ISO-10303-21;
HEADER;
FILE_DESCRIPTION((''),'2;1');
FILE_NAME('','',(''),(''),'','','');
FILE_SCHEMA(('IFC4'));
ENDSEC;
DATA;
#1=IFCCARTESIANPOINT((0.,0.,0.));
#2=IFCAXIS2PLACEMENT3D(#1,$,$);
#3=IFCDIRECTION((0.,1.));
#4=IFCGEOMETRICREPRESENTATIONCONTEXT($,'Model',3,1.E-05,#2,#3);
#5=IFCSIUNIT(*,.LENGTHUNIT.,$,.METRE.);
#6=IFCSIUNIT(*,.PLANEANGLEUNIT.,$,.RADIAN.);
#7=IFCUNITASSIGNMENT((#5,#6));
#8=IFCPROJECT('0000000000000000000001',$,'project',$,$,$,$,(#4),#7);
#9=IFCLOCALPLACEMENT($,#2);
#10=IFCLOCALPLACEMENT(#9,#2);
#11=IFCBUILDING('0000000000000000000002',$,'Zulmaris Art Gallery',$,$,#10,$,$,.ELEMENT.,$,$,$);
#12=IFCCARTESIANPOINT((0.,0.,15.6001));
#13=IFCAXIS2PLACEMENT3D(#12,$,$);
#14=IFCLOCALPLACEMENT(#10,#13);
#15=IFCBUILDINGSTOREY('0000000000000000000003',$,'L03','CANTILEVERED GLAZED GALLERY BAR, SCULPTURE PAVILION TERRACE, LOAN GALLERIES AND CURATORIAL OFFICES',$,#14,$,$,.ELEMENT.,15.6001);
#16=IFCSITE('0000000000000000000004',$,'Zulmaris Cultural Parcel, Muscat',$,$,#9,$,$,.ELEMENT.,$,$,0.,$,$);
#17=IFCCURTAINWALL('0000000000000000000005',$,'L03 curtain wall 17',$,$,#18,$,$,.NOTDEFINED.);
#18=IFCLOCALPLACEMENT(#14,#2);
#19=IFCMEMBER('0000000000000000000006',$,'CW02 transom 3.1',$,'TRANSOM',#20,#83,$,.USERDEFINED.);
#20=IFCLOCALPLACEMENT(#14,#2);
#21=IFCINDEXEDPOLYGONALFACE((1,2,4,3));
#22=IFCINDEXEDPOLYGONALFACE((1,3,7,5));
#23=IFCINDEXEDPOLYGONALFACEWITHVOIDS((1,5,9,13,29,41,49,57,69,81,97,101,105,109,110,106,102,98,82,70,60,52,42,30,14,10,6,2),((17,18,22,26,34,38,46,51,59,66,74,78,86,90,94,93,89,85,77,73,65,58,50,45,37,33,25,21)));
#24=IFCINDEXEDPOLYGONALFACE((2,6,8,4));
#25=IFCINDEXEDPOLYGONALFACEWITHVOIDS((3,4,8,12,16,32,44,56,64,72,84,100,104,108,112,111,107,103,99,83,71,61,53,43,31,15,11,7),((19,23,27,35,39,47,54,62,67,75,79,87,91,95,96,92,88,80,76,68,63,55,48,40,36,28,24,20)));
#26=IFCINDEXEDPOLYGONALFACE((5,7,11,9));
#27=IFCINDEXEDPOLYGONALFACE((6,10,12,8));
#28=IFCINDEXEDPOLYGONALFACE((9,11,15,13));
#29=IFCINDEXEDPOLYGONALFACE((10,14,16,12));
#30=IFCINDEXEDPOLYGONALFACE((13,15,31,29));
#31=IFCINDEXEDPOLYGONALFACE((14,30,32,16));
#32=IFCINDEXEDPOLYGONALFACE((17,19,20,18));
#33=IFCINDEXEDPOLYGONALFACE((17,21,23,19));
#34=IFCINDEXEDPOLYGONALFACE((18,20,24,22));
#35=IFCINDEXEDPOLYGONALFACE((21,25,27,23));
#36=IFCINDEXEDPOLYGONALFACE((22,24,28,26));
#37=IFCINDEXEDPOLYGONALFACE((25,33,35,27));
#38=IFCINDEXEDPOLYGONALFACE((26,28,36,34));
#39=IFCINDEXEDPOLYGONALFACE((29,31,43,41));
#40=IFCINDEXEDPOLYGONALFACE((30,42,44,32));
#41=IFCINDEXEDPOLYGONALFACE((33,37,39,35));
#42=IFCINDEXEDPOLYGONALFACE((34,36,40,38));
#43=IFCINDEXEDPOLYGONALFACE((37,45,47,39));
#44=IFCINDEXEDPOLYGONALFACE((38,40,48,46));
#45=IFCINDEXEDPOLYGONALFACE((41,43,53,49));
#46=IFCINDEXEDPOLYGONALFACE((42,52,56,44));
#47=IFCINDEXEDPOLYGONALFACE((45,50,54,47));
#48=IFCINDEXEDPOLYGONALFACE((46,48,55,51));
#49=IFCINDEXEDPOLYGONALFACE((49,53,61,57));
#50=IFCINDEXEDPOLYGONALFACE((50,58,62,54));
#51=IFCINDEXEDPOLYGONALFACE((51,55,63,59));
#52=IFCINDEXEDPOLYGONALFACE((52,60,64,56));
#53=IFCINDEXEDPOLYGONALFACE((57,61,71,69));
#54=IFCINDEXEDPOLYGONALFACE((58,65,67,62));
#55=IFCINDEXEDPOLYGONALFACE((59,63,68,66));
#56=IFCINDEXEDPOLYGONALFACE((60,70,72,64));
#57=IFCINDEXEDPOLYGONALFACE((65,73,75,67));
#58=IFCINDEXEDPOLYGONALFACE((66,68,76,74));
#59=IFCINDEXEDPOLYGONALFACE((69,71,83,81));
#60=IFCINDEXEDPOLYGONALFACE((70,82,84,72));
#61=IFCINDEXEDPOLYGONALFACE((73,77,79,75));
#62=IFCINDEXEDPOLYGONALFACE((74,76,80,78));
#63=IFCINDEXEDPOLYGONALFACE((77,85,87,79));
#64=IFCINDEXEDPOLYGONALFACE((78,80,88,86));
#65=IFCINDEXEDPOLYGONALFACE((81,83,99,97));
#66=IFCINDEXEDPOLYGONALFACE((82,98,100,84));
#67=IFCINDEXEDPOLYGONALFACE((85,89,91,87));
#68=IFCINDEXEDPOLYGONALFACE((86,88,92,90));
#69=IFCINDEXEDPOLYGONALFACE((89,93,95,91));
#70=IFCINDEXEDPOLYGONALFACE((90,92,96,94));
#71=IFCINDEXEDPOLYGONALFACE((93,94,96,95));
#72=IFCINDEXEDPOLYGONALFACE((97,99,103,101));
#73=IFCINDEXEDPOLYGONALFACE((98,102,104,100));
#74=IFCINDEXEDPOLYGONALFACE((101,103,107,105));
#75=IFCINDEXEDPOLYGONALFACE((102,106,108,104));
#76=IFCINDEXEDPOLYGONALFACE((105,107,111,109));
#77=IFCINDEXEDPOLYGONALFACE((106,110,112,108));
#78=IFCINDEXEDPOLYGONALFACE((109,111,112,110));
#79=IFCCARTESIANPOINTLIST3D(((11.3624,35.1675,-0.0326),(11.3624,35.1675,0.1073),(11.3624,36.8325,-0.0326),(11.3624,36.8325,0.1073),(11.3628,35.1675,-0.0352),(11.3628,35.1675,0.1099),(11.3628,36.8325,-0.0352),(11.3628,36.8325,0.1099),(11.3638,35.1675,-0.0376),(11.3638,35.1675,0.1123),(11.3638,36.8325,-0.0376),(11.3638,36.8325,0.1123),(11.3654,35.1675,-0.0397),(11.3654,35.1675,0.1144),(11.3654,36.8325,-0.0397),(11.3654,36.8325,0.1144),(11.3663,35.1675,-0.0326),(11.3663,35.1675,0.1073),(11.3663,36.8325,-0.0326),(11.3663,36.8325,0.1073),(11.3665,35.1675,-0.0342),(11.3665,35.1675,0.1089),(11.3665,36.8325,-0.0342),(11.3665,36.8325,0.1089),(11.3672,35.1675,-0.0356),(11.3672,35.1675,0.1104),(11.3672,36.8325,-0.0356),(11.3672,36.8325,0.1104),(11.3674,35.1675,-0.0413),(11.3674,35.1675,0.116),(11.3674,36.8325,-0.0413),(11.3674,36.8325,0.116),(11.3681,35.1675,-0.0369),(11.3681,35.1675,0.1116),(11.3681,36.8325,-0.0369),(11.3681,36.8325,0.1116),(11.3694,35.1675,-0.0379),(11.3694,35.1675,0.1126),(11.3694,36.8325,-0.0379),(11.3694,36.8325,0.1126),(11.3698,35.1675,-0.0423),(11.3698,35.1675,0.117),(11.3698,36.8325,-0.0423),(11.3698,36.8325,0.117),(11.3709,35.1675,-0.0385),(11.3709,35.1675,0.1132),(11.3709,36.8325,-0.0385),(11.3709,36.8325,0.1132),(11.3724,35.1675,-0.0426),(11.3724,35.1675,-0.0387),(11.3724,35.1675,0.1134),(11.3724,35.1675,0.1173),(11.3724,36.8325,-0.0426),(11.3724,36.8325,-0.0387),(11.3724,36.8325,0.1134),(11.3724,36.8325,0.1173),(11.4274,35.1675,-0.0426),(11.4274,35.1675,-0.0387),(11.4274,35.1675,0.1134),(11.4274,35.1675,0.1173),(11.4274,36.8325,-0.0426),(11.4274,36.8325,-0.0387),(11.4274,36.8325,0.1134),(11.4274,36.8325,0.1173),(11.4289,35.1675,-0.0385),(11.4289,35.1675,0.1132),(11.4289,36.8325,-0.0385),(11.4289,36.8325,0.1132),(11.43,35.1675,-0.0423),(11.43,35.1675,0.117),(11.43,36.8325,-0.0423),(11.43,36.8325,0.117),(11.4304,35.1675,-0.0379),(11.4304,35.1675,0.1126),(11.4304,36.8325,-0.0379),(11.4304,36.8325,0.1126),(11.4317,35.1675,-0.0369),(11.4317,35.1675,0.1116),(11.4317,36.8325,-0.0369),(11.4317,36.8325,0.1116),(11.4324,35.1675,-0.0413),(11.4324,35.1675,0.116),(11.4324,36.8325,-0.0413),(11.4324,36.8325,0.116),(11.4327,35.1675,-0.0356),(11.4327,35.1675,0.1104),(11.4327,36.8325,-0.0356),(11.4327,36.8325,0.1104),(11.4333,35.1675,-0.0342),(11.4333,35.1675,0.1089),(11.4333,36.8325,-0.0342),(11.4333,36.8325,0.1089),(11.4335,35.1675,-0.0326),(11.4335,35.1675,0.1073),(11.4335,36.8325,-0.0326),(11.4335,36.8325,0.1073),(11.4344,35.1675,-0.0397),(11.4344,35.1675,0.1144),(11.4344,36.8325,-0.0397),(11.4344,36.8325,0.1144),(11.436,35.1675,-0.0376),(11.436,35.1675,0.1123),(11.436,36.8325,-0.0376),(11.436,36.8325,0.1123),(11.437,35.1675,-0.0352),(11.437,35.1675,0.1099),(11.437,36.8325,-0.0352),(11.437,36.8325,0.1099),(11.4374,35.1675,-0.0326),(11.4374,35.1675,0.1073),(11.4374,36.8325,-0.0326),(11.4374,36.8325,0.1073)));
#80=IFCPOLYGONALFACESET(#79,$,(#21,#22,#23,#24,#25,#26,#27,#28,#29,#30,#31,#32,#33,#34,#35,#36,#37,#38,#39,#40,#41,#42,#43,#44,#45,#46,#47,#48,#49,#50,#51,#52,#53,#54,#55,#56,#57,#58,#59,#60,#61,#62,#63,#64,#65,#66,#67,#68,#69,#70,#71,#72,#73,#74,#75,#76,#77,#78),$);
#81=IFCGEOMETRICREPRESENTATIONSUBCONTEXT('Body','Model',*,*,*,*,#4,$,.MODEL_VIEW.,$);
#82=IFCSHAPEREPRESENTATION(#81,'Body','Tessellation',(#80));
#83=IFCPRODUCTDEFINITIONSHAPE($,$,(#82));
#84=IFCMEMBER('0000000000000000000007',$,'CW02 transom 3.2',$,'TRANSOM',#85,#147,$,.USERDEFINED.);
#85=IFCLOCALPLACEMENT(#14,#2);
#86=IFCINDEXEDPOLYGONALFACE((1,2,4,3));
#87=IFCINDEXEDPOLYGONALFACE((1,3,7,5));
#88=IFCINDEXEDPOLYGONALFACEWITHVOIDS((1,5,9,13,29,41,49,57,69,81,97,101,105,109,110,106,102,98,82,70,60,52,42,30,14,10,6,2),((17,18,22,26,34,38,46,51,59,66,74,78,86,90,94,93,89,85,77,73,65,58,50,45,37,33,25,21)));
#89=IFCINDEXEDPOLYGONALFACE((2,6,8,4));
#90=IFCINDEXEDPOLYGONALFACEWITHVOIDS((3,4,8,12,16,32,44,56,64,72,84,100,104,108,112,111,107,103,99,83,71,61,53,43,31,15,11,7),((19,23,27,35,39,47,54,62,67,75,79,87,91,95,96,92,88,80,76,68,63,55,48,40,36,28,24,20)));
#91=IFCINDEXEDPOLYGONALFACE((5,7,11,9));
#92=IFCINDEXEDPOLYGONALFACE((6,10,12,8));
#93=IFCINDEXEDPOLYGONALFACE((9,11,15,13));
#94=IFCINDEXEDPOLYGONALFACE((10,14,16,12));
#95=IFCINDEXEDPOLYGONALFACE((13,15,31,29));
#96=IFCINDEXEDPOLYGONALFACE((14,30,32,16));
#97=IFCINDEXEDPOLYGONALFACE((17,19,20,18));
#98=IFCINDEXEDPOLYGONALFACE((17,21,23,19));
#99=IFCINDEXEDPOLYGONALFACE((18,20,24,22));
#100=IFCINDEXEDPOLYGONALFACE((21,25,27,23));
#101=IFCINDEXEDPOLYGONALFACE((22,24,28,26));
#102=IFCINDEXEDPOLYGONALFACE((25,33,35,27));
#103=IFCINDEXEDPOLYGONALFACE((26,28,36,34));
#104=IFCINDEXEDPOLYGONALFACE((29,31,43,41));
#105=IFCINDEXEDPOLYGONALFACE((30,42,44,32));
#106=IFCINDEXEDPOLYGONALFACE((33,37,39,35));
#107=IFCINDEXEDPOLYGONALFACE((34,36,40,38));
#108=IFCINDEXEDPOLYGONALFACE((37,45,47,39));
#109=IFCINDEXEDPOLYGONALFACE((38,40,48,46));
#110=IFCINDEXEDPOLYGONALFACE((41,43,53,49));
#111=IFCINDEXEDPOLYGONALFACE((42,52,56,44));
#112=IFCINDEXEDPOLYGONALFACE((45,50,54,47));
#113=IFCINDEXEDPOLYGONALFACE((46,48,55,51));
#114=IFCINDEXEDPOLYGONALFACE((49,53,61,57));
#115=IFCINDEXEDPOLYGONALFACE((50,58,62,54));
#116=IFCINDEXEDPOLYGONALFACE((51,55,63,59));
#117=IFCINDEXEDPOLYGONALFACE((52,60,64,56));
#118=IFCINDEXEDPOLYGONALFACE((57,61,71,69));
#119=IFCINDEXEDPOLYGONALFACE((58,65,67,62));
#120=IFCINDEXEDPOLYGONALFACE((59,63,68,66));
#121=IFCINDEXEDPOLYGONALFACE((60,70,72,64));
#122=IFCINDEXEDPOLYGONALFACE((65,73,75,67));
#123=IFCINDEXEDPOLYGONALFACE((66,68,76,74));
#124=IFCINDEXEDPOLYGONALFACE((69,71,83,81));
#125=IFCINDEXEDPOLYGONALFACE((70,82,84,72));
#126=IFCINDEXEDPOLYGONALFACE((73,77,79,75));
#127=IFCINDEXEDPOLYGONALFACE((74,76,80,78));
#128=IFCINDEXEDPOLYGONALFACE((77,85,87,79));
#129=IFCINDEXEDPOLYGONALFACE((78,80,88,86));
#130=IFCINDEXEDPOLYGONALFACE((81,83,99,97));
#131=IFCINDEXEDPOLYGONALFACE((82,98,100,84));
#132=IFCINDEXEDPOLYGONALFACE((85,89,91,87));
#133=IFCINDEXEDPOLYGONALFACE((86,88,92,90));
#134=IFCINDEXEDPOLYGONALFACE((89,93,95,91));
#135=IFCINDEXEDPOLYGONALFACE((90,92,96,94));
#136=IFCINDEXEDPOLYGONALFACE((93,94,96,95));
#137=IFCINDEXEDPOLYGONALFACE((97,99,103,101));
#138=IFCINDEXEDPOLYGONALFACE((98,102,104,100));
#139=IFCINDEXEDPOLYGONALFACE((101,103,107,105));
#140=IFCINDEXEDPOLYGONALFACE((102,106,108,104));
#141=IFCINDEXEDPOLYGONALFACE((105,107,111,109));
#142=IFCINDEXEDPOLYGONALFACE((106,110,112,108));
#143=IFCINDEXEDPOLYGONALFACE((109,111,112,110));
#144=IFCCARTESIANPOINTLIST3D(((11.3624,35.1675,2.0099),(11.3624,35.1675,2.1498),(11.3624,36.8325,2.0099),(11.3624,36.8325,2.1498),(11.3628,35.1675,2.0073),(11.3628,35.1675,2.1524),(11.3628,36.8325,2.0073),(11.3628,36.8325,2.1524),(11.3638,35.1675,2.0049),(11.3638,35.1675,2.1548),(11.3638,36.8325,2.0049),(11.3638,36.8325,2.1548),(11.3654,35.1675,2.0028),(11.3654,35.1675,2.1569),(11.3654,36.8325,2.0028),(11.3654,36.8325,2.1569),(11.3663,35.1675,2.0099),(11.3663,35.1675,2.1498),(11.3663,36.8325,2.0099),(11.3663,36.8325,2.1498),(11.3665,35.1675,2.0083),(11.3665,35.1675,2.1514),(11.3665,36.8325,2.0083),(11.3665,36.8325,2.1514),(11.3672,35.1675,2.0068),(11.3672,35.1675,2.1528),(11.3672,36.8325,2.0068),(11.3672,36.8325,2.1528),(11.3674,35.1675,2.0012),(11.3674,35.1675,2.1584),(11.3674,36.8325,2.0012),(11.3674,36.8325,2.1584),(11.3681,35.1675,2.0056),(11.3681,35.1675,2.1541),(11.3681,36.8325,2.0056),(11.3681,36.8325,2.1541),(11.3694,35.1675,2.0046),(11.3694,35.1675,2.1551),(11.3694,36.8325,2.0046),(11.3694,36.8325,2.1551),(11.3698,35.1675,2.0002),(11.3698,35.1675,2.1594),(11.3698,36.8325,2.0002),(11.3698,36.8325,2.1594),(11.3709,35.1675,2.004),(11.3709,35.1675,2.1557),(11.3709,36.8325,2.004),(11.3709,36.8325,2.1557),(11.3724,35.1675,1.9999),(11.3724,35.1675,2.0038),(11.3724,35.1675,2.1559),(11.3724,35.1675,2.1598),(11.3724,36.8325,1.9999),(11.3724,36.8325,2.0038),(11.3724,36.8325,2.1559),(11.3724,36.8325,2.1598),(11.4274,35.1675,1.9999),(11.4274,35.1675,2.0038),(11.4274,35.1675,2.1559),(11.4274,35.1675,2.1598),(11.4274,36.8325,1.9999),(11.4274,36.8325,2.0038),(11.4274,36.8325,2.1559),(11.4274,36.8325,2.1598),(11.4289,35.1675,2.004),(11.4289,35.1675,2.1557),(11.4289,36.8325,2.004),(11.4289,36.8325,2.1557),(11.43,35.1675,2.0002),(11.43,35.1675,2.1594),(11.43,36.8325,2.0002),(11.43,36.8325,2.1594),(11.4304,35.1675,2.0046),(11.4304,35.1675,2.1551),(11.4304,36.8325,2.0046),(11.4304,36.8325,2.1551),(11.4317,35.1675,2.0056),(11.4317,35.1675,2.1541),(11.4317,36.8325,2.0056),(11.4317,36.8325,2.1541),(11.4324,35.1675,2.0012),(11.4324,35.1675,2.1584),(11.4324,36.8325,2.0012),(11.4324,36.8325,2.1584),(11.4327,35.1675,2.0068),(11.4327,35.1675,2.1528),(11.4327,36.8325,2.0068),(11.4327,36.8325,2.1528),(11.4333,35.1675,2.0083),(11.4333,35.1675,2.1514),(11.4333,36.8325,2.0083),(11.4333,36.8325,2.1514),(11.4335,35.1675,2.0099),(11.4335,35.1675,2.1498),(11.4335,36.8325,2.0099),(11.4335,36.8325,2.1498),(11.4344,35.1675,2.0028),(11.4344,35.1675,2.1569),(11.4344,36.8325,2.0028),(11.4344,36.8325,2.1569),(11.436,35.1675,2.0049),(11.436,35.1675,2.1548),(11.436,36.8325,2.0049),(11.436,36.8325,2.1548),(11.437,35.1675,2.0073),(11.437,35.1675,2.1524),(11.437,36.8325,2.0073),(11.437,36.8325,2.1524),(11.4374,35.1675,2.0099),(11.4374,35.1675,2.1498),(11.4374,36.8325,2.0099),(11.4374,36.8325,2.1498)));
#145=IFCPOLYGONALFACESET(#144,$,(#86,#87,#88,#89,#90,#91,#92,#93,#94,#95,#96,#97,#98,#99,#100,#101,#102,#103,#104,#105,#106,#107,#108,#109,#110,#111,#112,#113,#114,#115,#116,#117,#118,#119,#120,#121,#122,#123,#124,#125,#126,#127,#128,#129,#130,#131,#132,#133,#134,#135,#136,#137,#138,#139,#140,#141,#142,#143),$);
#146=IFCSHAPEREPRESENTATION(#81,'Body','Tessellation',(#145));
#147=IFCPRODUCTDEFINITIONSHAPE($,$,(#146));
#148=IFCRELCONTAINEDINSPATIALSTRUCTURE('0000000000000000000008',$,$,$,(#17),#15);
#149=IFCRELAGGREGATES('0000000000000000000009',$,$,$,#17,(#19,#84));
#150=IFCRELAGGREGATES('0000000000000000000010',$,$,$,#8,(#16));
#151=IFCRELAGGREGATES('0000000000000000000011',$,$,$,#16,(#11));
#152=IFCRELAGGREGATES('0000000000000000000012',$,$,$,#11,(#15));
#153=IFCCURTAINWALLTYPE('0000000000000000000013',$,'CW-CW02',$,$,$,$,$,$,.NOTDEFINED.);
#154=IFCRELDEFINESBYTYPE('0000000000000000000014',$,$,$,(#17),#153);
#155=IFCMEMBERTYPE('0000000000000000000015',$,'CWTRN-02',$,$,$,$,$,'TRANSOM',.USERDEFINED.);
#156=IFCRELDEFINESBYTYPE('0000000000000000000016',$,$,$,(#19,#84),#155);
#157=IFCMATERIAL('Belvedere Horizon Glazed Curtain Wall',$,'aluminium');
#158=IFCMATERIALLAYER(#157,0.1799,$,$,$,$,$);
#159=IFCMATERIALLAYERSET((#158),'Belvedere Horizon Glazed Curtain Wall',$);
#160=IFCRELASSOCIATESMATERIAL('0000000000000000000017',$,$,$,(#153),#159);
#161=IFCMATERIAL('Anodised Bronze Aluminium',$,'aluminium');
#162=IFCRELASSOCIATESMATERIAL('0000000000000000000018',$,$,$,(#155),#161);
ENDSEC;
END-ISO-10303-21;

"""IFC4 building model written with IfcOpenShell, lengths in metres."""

from ifc_helpers import new_model, si_unit, direction, frame, origin, origin_2d, place, context, subcontext, project, spatial, hollow_rectangle, extrude, material, layer, layer_set, material_profile, profile_set, type_object, element, aggregate, save


model = new_model("IFC4")

# Units and contexts
model_context = context("Model", 3, precision=1e-05, world=origin(), true_north=direction((0.0, 1.0)))
body_context = subcontext(model_context, "Body", "Model", "MODEL_VIEW")
ifc_project = project(units=[si_unit("LENGTHUNIT", "METRE"), si_unit("PLANEANGLEUNIT", "RADIAN")], contexts=[model_context])

# Site, building, storey
site_placement = place(None, origin())
site = spatial("IfcSite", under=ifc_project, at=site_placement, Name="Zulmaris Cultural Parcel, Muscat", CompositionType="ELEMENT", RefElevation=0.0)
building_placement = place(site_placement, origin())
building = spatial("IfcBuilding", under=site, at=building_placement, Name="Zulmaris Art Gallery", CompositionType="ELEMENT")
storey_placement = place(building_placement, frame((0.0, 0.0, 15.6001)))
storey = spatial("IfcBuildingStorey", under=building, at=storey_placement, Name="L03", Description="CANTILEVERED GLAZED GALLERY BAR, SCULPTURE PAVILION TERRACE, LOAN GALLERIES AND CURATORIAL OFFICES", CompositionType="ELEMENT", Elevation=15.6001)

# Curtain wall, members
ifc_material_1 = material(Name="Belvedere Horizon Glazed Curtain Wall", Category="aluminium")
ifc_layer_1 = layer(ifc_material_1, 0.1799)
ifc_layer_set_1 = layer_set([ifc_layer_1], Name="Belvedere Horizon Glazed Curtain Wall")
curtain_wall_type = type_object("IfcCurtainWallType", Name="CW-CW02", PredefinedType="NOTDEFINED", material=ifc_layer_set_1)
curtain_wall_placement = place(storey_placement, origin())
curtain_wall = element("IfcCurtainWall", 1, at=curtain_wall_placement, inside=storey, type_object=curtain_wall_type, Name="L03 curtain wall 17", PredefinedType="NOTDEFINED")
ifc_material_2 = material(Name="Anodised Bronze Aluminium", Category="aluminium")
ifc_material_profile_1 = material_profile(ifc_material_2, hollow_rectangle(XDim=0.075, YDim=0.1599, WallThickness=0.0039, InnerFilletRadius=0.0061, OuterFilletRadius=0.01, at=origin_2d()), Name="ALU 75x160x4")
ifc_profile_set_1 = profile_set([ifc_material_profile_1], Name="Anodised Bronze Aluminium")
member_type_1 = type_object("IfcMemberType", Name="CWTRN-02", ElementType="TRANSOM", PredefinedType="USERDEFINED", material=ifc_profile_set_1)
member_1_placement = place(storey_placement, frame((11.3999, 35.1675, 0.0374), z_axis=(0.0, 1.0, 0.0), x_axis=(-1.0, 0.0, 0.0)))
member_1 = element("IfcMember", 2, at=member_1_placement, type_object=member_type_1, Name="CW02 transom 3.1", ObjectType="TRANSOM", PredefinedType="USERDEFINED", context=body_context, shape_type="SweptSolid", body=[
    extrude(hollow_rectangle(XDim=0.075, YDim=0.1599, WallThickness=0.0039, InnerFilletRadius=0.0061, OuterFilletRadius=0.01, at=origin_2d()), origin(), (0.0, 0.0, 1.0), 1.665),
])
member_2_placement = place(storey_placement, frame((11.3999, 35.1675, 2.0798), z_axis=(0.0, 1.0, 0.0), x_axis=(-1.0, 0.0, 0.0)))
member_2 = element("IfcMember", 3, at=member_2_placement, type_object=member_type_1, Name="CW02 transom 3.2", ObjectType="TRANSOM", PredefinedType="USERDEFINED", context=body_context, shape_type="SweptSolid", body=[
    extrude(hollow_rectangle(XDim=0.075, YDim=0.1599, WallThickness=0.0039, InnerFilletRadius=0.0061, OuterFilletRadius=0.01, at=origin_2d()), origin(), (0.0, 0.0, 1.0), 1.665),
])

aggregate(curtain_wall, [member_1, member_2])

save(model, "model.ifc")
